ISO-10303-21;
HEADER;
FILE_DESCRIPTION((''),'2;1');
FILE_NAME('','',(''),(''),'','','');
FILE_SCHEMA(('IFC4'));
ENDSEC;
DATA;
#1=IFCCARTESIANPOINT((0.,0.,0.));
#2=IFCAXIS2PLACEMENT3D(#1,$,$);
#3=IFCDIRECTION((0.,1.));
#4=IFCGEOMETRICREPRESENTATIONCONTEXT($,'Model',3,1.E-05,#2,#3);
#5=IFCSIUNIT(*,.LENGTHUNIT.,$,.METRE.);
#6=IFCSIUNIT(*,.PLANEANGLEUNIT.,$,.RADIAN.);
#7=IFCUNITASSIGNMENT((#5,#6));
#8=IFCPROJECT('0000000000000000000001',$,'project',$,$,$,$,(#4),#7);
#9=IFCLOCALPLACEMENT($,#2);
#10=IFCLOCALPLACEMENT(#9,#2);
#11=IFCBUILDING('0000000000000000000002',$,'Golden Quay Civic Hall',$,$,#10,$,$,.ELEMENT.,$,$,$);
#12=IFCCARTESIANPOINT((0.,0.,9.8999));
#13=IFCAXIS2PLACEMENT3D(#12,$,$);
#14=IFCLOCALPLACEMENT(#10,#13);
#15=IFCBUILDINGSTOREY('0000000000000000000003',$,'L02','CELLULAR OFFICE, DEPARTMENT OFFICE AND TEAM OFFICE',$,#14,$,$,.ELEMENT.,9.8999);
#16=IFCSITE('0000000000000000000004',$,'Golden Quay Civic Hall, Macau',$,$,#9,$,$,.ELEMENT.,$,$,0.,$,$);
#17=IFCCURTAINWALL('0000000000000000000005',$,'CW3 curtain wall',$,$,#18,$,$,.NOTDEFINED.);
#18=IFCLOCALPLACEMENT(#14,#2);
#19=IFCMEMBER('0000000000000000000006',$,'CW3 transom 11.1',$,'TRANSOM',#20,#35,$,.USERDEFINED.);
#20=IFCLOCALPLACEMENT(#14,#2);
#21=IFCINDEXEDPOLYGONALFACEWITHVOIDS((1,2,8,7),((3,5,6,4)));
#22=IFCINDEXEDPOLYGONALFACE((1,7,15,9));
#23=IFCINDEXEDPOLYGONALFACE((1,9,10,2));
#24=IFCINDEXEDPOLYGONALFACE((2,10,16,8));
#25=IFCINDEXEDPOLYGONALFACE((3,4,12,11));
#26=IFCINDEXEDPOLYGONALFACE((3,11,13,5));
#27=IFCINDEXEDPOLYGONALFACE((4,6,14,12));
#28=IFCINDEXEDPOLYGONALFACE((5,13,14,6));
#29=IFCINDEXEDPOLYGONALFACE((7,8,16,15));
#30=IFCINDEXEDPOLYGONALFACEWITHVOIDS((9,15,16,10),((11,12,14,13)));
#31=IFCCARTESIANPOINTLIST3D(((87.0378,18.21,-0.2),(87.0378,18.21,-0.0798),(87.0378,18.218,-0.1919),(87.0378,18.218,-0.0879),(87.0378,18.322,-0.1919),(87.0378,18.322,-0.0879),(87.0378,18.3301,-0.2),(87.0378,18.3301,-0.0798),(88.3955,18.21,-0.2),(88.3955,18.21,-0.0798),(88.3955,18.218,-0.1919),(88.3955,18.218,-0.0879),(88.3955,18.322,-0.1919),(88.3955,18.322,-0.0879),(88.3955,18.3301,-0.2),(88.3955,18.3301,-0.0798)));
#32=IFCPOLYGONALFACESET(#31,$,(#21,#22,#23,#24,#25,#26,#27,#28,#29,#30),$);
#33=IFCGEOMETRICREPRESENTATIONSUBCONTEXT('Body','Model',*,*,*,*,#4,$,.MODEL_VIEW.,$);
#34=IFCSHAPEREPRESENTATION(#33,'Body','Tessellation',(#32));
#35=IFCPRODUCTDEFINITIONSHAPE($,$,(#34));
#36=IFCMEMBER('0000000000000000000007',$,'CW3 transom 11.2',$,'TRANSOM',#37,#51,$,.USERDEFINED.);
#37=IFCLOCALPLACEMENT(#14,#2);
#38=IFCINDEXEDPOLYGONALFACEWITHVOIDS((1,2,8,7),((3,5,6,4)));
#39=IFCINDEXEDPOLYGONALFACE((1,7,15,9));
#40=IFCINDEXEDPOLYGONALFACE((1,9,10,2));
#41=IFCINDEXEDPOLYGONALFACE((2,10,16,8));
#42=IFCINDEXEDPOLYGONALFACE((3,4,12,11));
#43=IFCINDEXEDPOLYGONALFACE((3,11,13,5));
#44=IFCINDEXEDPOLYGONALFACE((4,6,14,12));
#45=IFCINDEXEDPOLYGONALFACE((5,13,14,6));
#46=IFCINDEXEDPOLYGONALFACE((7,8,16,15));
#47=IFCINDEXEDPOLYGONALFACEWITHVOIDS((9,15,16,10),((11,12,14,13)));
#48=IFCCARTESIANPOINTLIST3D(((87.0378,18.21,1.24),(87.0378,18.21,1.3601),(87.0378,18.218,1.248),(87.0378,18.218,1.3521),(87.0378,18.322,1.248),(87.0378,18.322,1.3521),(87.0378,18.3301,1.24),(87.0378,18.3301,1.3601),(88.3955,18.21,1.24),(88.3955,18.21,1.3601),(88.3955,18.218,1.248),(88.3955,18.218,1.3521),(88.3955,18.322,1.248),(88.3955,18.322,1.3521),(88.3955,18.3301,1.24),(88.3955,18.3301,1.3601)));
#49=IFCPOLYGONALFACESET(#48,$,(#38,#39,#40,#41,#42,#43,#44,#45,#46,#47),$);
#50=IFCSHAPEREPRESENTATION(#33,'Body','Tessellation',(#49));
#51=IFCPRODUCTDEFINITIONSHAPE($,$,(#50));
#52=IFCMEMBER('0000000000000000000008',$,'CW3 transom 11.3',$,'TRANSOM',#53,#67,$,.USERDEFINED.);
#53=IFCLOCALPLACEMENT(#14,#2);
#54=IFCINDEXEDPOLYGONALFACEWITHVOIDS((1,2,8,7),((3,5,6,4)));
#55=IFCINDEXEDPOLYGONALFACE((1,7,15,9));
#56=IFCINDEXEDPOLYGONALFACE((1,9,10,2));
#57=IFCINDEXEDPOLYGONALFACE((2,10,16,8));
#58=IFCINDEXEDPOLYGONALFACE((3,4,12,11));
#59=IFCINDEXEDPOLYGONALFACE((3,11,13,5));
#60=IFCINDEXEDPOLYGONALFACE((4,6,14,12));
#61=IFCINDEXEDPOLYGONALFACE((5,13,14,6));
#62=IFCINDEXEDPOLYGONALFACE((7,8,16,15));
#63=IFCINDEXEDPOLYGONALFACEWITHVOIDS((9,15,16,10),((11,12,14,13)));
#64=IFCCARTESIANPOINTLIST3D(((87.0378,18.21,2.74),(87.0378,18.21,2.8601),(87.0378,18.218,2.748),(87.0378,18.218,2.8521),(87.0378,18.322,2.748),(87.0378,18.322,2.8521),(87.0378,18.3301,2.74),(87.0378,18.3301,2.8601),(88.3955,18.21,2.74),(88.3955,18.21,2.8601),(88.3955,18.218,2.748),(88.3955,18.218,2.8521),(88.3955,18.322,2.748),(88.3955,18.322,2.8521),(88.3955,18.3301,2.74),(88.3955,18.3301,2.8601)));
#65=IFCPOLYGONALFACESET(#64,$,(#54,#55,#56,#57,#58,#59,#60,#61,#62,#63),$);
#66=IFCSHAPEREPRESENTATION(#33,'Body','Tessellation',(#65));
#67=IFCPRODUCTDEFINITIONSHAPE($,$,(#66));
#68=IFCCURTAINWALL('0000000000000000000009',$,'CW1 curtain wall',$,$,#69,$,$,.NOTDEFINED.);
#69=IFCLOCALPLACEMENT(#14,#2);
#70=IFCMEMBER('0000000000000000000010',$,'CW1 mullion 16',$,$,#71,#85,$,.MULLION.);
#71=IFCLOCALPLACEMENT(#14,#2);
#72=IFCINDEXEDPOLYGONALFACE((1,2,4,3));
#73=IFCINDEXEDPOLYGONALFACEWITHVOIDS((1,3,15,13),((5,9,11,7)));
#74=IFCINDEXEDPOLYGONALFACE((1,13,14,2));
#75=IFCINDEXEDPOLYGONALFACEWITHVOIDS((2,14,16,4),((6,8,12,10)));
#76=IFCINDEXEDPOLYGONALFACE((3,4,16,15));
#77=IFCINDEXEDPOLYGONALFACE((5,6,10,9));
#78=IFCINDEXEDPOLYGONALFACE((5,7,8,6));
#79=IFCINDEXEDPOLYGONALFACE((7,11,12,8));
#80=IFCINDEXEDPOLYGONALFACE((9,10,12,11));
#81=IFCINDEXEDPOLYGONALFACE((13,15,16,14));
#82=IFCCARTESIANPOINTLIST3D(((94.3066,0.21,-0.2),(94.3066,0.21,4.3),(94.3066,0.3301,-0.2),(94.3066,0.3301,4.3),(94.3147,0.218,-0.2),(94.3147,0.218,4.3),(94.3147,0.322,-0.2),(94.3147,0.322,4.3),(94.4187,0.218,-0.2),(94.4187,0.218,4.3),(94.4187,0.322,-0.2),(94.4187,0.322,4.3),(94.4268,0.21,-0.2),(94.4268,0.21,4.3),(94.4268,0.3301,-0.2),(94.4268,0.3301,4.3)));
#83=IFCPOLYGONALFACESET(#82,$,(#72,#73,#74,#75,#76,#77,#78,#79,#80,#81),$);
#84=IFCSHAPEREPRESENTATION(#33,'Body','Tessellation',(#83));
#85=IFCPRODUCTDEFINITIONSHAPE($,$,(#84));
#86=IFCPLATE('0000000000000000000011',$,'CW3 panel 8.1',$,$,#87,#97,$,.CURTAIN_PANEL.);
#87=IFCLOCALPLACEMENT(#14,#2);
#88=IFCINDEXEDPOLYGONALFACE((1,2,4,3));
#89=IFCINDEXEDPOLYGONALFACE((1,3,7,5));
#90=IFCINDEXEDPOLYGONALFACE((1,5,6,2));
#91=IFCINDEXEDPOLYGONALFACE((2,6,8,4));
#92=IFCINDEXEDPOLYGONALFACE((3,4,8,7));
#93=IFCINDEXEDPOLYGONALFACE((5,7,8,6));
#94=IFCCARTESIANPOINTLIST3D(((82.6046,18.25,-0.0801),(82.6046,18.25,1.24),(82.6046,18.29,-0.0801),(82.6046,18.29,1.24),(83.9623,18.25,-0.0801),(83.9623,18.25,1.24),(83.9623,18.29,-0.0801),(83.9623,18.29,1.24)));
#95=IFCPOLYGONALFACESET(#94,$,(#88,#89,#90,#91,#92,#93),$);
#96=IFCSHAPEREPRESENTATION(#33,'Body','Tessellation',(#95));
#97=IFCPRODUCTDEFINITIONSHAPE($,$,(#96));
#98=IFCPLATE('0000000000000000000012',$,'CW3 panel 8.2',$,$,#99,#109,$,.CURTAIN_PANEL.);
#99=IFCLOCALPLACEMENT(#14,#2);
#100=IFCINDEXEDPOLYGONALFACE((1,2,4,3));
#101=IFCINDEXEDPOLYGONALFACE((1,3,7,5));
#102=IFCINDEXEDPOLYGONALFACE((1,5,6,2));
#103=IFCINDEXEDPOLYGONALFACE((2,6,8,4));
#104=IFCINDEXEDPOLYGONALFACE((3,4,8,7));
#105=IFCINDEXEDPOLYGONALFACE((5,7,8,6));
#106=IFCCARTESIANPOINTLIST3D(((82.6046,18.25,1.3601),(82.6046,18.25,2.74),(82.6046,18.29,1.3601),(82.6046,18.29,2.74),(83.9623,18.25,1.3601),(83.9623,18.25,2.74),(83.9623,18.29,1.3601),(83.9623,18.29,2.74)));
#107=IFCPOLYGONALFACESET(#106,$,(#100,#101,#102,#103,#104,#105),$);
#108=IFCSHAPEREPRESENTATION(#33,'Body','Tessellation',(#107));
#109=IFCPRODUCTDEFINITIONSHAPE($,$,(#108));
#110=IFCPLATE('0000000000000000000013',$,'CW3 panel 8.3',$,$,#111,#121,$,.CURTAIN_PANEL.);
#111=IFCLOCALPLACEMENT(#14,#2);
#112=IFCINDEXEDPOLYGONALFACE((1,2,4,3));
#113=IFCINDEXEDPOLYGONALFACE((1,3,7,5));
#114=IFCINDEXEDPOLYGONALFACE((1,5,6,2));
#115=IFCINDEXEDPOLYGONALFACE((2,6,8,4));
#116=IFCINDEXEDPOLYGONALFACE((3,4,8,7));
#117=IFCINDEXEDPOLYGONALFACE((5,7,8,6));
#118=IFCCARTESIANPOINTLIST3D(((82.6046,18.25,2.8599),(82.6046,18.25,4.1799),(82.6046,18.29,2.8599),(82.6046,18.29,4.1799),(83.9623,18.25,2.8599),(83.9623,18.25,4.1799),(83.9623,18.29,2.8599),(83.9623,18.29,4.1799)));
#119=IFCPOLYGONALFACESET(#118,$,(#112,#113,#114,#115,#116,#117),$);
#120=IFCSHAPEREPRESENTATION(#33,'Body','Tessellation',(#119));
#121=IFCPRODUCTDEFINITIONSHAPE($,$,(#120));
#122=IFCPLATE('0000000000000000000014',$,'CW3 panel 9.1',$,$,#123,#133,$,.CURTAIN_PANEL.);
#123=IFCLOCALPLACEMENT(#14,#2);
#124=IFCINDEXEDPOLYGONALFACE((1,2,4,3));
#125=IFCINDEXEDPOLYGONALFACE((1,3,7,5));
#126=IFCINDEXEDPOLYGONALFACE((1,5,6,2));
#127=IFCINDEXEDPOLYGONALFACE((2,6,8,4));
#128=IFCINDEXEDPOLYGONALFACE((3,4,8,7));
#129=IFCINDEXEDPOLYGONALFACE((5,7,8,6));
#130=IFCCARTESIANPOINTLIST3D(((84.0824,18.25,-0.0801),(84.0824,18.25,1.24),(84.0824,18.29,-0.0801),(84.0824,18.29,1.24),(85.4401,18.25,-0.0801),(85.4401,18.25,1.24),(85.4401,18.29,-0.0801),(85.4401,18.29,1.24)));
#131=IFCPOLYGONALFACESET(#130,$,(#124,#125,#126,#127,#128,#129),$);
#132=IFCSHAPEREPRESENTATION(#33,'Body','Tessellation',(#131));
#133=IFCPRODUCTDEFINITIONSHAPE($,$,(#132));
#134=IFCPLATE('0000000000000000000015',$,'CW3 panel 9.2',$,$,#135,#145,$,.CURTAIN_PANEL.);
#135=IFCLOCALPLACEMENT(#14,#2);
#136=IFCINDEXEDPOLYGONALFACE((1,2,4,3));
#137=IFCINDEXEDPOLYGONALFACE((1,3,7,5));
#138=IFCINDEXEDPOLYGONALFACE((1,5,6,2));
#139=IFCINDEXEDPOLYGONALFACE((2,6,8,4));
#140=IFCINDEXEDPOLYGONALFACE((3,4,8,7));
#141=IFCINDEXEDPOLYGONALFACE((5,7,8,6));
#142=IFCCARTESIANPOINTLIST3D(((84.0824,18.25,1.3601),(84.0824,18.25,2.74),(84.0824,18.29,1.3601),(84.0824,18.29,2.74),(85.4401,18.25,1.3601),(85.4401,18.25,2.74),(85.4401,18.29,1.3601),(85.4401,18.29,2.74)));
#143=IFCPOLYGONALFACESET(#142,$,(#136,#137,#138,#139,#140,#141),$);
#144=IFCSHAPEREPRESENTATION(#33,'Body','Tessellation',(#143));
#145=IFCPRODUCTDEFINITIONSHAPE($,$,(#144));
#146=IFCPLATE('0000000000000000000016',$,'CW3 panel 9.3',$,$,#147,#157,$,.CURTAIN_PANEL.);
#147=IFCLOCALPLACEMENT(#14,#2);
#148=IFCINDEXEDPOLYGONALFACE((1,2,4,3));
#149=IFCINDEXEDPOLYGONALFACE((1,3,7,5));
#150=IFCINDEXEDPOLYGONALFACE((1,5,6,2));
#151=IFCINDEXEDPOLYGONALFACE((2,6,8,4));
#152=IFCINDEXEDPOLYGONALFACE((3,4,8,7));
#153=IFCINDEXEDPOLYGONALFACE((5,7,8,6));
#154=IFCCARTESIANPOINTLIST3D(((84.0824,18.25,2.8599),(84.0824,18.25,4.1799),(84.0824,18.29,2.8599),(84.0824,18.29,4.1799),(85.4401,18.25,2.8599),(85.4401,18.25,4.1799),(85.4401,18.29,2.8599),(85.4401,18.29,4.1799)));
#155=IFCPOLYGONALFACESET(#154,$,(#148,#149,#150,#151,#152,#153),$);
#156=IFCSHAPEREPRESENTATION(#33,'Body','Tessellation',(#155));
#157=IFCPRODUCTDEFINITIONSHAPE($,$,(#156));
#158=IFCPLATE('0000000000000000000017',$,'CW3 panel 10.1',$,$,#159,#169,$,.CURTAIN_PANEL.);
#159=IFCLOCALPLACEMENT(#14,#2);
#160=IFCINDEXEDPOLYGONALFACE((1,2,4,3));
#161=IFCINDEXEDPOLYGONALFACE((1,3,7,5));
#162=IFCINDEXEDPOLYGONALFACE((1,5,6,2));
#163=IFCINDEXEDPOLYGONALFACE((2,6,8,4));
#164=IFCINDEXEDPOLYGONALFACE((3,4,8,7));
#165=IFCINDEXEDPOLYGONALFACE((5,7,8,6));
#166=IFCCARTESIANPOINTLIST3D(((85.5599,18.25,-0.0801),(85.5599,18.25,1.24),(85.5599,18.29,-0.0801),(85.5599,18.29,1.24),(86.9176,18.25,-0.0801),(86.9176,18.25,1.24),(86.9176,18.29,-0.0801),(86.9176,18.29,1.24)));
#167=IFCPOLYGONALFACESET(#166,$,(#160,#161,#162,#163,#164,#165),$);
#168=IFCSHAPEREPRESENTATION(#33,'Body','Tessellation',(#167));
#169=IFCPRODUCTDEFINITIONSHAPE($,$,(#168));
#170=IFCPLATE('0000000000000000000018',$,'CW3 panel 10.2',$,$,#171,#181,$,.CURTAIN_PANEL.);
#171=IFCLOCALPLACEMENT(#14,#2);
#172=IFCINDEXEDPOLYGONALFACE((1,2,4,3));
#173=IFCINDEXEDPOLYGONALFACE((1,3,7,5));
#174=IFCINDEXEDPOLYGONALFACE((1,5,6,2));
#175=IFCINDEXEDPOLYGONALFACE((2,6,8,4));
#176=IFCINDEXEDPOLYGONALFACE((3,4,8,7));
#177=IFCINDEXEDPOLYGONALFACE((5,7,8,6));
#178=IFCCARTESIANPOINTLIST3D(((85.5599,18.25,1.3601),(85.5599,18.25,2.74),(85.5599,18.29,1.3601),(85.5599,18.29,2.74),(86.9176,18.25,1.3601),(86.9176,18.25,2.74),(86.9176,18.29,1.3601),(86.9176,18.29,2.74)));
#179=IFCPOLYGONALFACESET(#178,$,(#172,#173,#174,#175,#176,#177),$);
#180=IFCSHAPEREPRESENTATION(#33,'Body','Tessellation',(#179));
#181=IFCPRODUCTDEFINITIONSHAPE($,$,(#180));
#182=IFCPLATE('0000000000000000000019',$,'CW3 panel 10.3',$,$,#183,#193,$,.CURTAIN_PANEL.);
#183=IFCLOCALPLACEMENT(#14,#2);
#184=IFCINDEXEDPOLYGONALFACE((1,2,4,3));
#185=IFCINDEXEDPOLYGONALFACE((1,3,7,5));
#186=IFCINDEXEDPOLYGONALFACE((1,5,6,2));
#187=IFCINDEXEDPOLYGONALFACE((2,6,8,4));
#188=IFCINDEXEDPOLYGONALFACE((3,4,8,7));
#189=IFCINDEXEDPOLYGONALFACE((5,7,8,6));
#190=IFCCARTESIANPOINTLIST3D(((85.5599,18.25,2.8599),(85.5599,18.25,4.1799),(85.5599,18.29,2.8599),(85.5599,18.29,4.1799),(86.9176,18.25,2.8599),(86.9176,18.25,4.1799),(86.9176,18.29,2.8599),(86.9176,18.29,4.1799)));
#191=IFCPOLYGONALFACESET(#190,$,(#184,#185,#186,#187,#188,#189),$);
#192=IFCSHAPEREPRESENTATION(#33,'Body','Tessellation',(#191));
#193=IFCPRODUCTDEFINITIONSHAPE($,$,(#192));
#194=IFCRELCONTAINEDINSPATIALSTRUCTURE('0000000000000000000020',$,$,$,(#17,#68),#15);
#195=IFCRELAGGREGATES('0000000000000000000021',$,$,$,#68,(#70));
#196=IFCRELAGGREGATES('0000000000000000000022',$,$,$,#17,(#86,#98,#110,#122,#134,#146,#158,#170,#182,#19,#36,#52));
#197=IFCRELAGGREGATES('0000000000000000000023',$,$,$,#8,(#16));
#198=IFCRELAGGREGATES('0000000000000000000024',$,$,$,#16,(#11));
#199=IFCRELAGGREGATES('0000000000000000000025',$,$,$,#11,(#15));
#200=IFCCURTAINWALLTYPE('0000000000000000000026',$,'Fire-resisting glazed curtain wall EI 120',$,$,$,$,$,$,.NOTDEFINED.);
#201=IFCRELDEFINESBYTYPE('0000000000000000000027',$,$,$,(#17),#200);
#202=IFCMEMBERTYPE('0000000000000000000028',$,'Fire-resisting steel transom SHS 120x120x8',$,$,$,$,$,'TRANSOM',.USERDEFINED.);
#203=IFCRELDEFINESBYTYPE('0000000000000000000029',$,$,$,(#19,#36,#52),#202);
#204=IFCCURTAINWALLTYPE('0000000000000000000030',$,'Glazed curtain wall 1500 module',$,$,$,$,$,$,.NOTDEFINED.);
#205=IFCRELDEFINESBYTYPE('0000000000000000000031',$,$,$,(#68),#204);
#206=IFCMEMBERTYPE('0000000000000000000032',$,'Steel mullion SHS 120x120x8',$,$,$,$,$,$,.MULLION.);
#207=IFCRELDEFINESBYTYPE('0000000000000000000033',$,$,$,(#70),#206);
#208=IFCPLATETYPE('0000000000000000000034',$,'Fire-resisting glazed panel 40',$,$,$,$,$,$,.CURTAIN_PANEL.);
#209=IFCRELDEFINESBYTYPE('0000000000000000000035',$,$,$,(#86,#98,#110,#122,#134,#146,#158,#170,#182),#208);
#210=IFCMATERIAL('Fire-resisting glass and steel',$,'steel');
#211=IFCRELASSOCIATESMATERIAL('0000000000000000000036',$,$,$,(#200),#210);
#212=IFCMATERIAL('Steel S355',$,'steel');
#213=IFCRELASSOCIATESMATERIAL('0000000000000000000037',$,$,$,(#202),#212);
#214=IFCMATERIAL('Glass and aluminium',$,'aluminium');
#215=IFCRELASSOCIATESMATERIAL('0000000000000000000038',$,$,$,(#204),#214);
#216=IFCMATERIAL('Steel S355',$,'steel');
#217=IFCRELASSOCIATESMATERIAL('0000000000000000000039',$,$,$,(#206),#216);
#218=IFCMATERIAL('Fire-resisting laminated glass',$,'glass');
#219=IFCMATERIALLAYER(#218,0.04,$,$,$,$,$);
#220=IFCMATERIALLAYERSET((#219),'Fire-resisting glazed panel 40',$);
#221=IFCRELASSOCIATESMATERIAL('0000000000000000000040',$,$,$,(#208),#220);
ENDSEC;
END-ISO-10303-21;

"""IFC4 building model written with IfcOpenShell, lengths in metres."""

from ifc_helpers import new_model, si_unit, direction, frame, origin, origin_2d, place, context, subcontext, project, spatial, rectangle, hollow_rectangle, extrude, material, layer, layer_set, material_profile, profile_set, type_object, element, aggregate, save


model = new_model("IFC4")

# Units and contexts
model_context = context("Model", 3, precision=1e-05, world=origin(), true_north=direction((0.0, 1.0)))
body_context = subcontext(model_context, "Body", "Model", "MODEL_VIEW")
ifc_project = project(units=[si_unit("LENGTHUNIT", "METRE"), si_unit("PLANEANGLEUNIT", "RADIAN")], contexts=[model_context])

# Site, building, storey
site_placement = place(None, origin())
site = spatial("IfcSite", under=ifc_project, at=site_placement, Name="Golden Quay Civic Hall, Macau", CompositionType="ELEMENT", RefElevation=0.0)
building_placement = place(site_placement, origin())
building = spatial("IfcBuilding", under=site, at=building_placement, Name="Golden Quay Civic Hall", CompositionType="ELEMENT")
storey_placement = place(building_placement, frame((0.0, 0.0, 9.8999)))
storey = spatial("IfcBuildingStorey", under=building, at=storey_placement, Name="L02", Description="CELLULAR OFFICE, DEPARTMENT OFFICE AND TEAM OFFICE", CompositionType="ELEMENT", Elevation=9.8999)

# Curtain wall, members
ifc_material_1 = material(Name="Fire-resisting glass and steel", Category="steel")
curtain_wall_type_1 = type_object("IfcCurtainWallType", Name="Fire-resisting glazed curtain wall EI 120", PredefinedType="NOTDEFINED", material=ifc_material_1)
curtain_wall_1_placement = place(storey_placement, origin())
curtain_wall_1 = element("IfcCurtainWall", 1, at=curtain_wall_1_placement, inside=storey, type_object=curtain_wall_type_1, Name="CW3 curtain wall", PredefinedType="NOTDEFINED")
ifc_material_2 = material(Name="Steel S355", Category="steel")
ifc_material_profile_1 = material_profile(ifc_material_2, hollow_rectangle(XDim=0.1201, YDim=0.1201, WallThickness=0.0081, at=origin_2d()), Name="SHS 120x120x8")
ifc_profile_set_1 = profile_set([ifc_material_profile_1], Name="Steel S355")
member_type_1 = type_object("IfcMemberType", Name="Fire-resisting steel transom SHS 120x120x8", ElementType="TRANSOM", PredefinedType="USERDEFINED", material=ifc_profile_set_1)
member_1_placement = place(storey_placement, frame((87.0378, 18.27, -0.1399), z_axis=(1.0, 0.0, 0.0), x_axis=(0.0, 1.0, 0.0)))
member_1 = element("IfcMember", 2, at=member_1_placement, type_object=member_type_1, Name="CW3 transom 11.1", ObjectType="TRANSOM", PredefinedType="USERDEFINED", context=body_context, shape_type="SweptSolid", body=[
    extrude(hollow_rectangle(XDim=0.1201, YDim=0.1201, WallThickness=0.0081, at=origin_2d()), origin(), (0.0, 0.0, 1.0), 1.3577),
])
member_2_placement = place(storey_placement, frame((87.0378, 18.27, 1.3), z_axis=(1.0, 0.0, 0.0), x_axis=(0.0, 1.0, 0.0)))
member_2 = element("IfcMember", 3, at=member_2_placement, type_object=member_type_1, Name="CW3 transom 11.2", ObjectType="TRANSOM", PredefinedType="USERDEFINED", context=body_context, shape_type="SweptSolid", body=[
    extrude(hollow_rectangle(XDim=0.1201, YDim=0.1201, WallThickness=0.0081, at=origin_2d()), origin(), (0.0, 0.0, 1.0), 1.3577),
])
member_3_placement = place(storey_placement, frame((87.0378, 18.27, 2.8), z_axis=(1.0, 0.0, 0.0), x_axis=(0.0, 1.0, 0.0)))
member_3 = element("IfcMember", 4, at=member_3_placement, type_object=member_type_1, Name="CW3 transom 11.3", ObjectType="TRANSOM", PredefinedType="USERDEFINED", context=body_context, shape_type="SweptSolid", body=[
    extrude(hollow_rectangle(XDim=0.1201, YDim=0.1201, WallThickness=0.0081, at=origin_2d()), origin(), (0.0, 0.0, 1.0), 1.3577),
])

# Curtain wall, member
ifc_material_3 = material(Name="Glass and aluminium", Category="aluminium")
curtain_wall_type_2 = type_object("IfcCurtainWallType", Name="Glazed curtain wall 1500 module", PredefinedType="NOTDEFINED", material=ifc_material_3)
curtain_wall_2_placement = place(storey_placement, origin())
curtain_wall_2 = element("IfcCurtainWall", 5, at=curtain_wall_2_placement, inside=storey, type_object=curtain_wall_type_2, Name="CW1 curtain wall", PredefinedType="NOTDEFINED")
ifc_material_4 = material(Name="Steel S355", Category="steel")
ifc_material_profile_2 = material_profile(ifc_material_4, hollow_rectangle(XDim=0.1201, YDim=0.1201, WallThickness=0.0081, at=origin_2d()), Name="SHS 120x120x8")
ifc_profile_set_2 = profile_set([ifc_material_profile_2], Name="Steel S355")
member_type_2 = type_object("IfcMemberType", Name="Steel mullion SHS 120x120x8", PredefinedType="MULLION", material=ifc_profile_set_2)
member_4_placement = place(storey_placement, frame((94.3667, 0.27, -0.2), z_axis=(0.0, 0.0, 1.0), x_axis=(0.0, 1.0, 0.0)))
member_4 = element("IfcMember", 6, at=member_4_placement, type_object=member_type_2, Name="CW1 mullion 16", PredefinedType="MULLION", context=body_context, shape_type="SweptSolid", body=[
    extrude(hollow_rectangle(XDim=0.1201, YDim=0.1201, WallThickness=0.0081, at=origin_2d()), origin(), (0.0, 0.0, 1.0), 4.5),
])
aggregate(curtain_wall_2, [member_4])

# Plates
ifc_material_5 = material(Name="Fire-resisting laminated glass", Category="glass")
ifc_layer = layer(ifc_material_5, 0.04)
ifc_layer_set = layer_set([ifc_layer], Name="Fire-resisting glazed panel 40")
plate_type = type_object("IfcPlateType", Name="Fire-resisting glazed panel 40", PredefinedType="CURTAIN_PANEL", material=ifc_layer_set)
plate_1_placement = place(storey_placement, frame((83.2834, 18.27, -0.0801), z_axis=(0.0, 0.0, 1.0), x_axis=(1.0, 0.0, 0.0)))
plate_1 = element("IfcPlate", 7, at=plate_1_placement, type_object=plate_type, Name="CW3 panel 8.1", PredefinedType="CURTAIN_PANEL", context=body_context, shape_type="SweptSolid", body=[
    extrude(rectangle(XDim=1.3577, YDim=0.04, at=origin_2d()), origin(), (0.0, 0.0, 1.0), 1.3201),
])
plate_2_placement = place(storey_placement, frame((83.2834, 18.27, 1.3601), z_axis=(0.0, 0.0, 1.0), x_axis=(1.0, 0.0, 0.0)))
plate_2 = element("IfcPlate", 8, at=plate_2_placement, type_object=plate_type, Name="CW3 panel 8.2", PredefinedType="CURTAIN_PANEL", context=body_context, shape_type="SweptSolid", body=[
    extrude(rectangle(XDim=1.3577, YDim=0.04, at=origin_2d()), origin(), (0.0, 0.0, 1.0), 1.3799),
])
plate_3_placement = place(storey_placement, frame((83.2834, 18.27, 2.8599), z_axis=(0.0, 0.0, 1.0), x_axis=(1.0, 0.0, 0.0)))
plate_3 = element("IfcPlate", 9, at=plate_3_placement, type_object=plate_type, Name="CW3 panel 8.3", PredefinedType="CURTAIN_PANEL", context=body_context, shape_type="SweptSolid", body=[
    extrude(rectangle(XDim=1.3577, YDim=0.04, at=origin_2d()), origin(), (0.0, 0.0, 1.0), 1.3201),
])
plate_4_placement = place(storey_placement, frame((84.7612, 18.27, -0.0801), z_axis=(0.0, 0.0, 1.0), x_axis=(1.0, 0.0, 0.0)))
plate_4 = element("IfcPlate", 10, at=plate_4_placement, type_object=plate_type, Name="CW3 panel 9.1", PredefinedType="CURTAIN_PANEL", context=body_context, shape_type="SweptSolid", body=[
    extrude(rectangle(XDim=1.3577, YDim=0.04, at=origin_2d()), origin(), (0.0, 0.0, 1.0), 1.3201),
])
plate_5_placement = place(storey_placement, frame((84.7612, 18.27, 1.3601), z_axis=(0.0, 0.0, 1.0), x_axis=(1.0, 0.0, 0.0)))
plate_5 = element("IfcPlate", 11, at=plate_5_placement, type_object=plate_type, Name="CW3 panel 9.2", PredefinedType="CURTAIN_PANEL", context=body_context, shape_type="SweptSolid", body=[
    extrude(rectangle(XDim=1.3577, YDim=0.04, at=origin_2d()), origin(), (0.0, 0.0, 1.0), 1.3799),
])
plate_6_placement = place(storey_placement, frame((84.7612, 18.27, 2.8599), z_axis=(0.0, 0.0, 1.0), x_axis=(1.0, 0.0, 0.0)))
plate_6 = element("IfcPlate", 12, at=plate_6_placement, type_object=plate_type, Name="CW3 panel 9.3", PredefinedType="CURTAIN_PANEL", context=body_context, shape_type="SweptSolid", body=[
    extrude(rectangle(XDim=1.3577, YDim=0.04, at=origin_2d()), origin(), (0.0, 0.0, 1.0), 1.3201),
])
plate_7_placement = place(storey_placement, frame((86.2388, 18.27, -0.0801), z_axis=(0.0, 0.0, 1.0), x_axis=(1.0, 0.0, 0.0)))
plate_7 = element("IfcPlate", 13, at=plate_7_placement, type_object=plate_type, Name="CW3 panel 10.1", PredefinedType="CURTAIN_PANEL", context=body_context, shape_type="SweptSolid", body=[
    extrude(rectangle(XDim=1.3577, YDim=0.04, at=origin_2d()), origin(), (0.0, 0.0, 1.0), 1.3201),
])
plate_8_placement = place(storey_placement, frame((86.2388, 18.27, 1.3601), z_axis=(0.0, 0.0, 1.0), x_axis=(1.0, 0.0, 0.0)))
plate_8 = element("IfcPlate", 14, at=plate_8_placement, type_object=plate_type, Name="CW3 panel 10.2", PredefinedType="CURTAIN_PANEL", context=body_context, shape_type="SweptSolid", body=[
    extrude(rectangle(XDim=1.3577, YDim=0.04, at=origin_2d()), origin(), (0.0, 0.0, 1.0), 1.3799),
])
plate_9_placement = place(storey_placement, frame((86.2388, 18.27, 2.8599), z_axis=(0.0, 0.0, 1.0), x_axis=(1.0, 0.0, 0.0)))
plate_9 = element("IfcPlate", 15, at=plate_9_placement, type_object=plate_type, Name="CW3 panel 10.3", PredefinedType="CURTAIN_PANEL", context=body_context, shape_type="SweptSolid", body=[
    extrude(rectangle(XDim=1.3577, YDim=0.04, at=origin_2d()), origin(), (0.0, 0.0, 1.0), 1.3201),
])
aggregate(curtain_wall_1, [plate_1, plate_2, plate_3, plate_4, plate_5, plate_6, plate_7, plate_8, plate_9, member_1, member_2, member_3])

save(model, "model.ifc")
